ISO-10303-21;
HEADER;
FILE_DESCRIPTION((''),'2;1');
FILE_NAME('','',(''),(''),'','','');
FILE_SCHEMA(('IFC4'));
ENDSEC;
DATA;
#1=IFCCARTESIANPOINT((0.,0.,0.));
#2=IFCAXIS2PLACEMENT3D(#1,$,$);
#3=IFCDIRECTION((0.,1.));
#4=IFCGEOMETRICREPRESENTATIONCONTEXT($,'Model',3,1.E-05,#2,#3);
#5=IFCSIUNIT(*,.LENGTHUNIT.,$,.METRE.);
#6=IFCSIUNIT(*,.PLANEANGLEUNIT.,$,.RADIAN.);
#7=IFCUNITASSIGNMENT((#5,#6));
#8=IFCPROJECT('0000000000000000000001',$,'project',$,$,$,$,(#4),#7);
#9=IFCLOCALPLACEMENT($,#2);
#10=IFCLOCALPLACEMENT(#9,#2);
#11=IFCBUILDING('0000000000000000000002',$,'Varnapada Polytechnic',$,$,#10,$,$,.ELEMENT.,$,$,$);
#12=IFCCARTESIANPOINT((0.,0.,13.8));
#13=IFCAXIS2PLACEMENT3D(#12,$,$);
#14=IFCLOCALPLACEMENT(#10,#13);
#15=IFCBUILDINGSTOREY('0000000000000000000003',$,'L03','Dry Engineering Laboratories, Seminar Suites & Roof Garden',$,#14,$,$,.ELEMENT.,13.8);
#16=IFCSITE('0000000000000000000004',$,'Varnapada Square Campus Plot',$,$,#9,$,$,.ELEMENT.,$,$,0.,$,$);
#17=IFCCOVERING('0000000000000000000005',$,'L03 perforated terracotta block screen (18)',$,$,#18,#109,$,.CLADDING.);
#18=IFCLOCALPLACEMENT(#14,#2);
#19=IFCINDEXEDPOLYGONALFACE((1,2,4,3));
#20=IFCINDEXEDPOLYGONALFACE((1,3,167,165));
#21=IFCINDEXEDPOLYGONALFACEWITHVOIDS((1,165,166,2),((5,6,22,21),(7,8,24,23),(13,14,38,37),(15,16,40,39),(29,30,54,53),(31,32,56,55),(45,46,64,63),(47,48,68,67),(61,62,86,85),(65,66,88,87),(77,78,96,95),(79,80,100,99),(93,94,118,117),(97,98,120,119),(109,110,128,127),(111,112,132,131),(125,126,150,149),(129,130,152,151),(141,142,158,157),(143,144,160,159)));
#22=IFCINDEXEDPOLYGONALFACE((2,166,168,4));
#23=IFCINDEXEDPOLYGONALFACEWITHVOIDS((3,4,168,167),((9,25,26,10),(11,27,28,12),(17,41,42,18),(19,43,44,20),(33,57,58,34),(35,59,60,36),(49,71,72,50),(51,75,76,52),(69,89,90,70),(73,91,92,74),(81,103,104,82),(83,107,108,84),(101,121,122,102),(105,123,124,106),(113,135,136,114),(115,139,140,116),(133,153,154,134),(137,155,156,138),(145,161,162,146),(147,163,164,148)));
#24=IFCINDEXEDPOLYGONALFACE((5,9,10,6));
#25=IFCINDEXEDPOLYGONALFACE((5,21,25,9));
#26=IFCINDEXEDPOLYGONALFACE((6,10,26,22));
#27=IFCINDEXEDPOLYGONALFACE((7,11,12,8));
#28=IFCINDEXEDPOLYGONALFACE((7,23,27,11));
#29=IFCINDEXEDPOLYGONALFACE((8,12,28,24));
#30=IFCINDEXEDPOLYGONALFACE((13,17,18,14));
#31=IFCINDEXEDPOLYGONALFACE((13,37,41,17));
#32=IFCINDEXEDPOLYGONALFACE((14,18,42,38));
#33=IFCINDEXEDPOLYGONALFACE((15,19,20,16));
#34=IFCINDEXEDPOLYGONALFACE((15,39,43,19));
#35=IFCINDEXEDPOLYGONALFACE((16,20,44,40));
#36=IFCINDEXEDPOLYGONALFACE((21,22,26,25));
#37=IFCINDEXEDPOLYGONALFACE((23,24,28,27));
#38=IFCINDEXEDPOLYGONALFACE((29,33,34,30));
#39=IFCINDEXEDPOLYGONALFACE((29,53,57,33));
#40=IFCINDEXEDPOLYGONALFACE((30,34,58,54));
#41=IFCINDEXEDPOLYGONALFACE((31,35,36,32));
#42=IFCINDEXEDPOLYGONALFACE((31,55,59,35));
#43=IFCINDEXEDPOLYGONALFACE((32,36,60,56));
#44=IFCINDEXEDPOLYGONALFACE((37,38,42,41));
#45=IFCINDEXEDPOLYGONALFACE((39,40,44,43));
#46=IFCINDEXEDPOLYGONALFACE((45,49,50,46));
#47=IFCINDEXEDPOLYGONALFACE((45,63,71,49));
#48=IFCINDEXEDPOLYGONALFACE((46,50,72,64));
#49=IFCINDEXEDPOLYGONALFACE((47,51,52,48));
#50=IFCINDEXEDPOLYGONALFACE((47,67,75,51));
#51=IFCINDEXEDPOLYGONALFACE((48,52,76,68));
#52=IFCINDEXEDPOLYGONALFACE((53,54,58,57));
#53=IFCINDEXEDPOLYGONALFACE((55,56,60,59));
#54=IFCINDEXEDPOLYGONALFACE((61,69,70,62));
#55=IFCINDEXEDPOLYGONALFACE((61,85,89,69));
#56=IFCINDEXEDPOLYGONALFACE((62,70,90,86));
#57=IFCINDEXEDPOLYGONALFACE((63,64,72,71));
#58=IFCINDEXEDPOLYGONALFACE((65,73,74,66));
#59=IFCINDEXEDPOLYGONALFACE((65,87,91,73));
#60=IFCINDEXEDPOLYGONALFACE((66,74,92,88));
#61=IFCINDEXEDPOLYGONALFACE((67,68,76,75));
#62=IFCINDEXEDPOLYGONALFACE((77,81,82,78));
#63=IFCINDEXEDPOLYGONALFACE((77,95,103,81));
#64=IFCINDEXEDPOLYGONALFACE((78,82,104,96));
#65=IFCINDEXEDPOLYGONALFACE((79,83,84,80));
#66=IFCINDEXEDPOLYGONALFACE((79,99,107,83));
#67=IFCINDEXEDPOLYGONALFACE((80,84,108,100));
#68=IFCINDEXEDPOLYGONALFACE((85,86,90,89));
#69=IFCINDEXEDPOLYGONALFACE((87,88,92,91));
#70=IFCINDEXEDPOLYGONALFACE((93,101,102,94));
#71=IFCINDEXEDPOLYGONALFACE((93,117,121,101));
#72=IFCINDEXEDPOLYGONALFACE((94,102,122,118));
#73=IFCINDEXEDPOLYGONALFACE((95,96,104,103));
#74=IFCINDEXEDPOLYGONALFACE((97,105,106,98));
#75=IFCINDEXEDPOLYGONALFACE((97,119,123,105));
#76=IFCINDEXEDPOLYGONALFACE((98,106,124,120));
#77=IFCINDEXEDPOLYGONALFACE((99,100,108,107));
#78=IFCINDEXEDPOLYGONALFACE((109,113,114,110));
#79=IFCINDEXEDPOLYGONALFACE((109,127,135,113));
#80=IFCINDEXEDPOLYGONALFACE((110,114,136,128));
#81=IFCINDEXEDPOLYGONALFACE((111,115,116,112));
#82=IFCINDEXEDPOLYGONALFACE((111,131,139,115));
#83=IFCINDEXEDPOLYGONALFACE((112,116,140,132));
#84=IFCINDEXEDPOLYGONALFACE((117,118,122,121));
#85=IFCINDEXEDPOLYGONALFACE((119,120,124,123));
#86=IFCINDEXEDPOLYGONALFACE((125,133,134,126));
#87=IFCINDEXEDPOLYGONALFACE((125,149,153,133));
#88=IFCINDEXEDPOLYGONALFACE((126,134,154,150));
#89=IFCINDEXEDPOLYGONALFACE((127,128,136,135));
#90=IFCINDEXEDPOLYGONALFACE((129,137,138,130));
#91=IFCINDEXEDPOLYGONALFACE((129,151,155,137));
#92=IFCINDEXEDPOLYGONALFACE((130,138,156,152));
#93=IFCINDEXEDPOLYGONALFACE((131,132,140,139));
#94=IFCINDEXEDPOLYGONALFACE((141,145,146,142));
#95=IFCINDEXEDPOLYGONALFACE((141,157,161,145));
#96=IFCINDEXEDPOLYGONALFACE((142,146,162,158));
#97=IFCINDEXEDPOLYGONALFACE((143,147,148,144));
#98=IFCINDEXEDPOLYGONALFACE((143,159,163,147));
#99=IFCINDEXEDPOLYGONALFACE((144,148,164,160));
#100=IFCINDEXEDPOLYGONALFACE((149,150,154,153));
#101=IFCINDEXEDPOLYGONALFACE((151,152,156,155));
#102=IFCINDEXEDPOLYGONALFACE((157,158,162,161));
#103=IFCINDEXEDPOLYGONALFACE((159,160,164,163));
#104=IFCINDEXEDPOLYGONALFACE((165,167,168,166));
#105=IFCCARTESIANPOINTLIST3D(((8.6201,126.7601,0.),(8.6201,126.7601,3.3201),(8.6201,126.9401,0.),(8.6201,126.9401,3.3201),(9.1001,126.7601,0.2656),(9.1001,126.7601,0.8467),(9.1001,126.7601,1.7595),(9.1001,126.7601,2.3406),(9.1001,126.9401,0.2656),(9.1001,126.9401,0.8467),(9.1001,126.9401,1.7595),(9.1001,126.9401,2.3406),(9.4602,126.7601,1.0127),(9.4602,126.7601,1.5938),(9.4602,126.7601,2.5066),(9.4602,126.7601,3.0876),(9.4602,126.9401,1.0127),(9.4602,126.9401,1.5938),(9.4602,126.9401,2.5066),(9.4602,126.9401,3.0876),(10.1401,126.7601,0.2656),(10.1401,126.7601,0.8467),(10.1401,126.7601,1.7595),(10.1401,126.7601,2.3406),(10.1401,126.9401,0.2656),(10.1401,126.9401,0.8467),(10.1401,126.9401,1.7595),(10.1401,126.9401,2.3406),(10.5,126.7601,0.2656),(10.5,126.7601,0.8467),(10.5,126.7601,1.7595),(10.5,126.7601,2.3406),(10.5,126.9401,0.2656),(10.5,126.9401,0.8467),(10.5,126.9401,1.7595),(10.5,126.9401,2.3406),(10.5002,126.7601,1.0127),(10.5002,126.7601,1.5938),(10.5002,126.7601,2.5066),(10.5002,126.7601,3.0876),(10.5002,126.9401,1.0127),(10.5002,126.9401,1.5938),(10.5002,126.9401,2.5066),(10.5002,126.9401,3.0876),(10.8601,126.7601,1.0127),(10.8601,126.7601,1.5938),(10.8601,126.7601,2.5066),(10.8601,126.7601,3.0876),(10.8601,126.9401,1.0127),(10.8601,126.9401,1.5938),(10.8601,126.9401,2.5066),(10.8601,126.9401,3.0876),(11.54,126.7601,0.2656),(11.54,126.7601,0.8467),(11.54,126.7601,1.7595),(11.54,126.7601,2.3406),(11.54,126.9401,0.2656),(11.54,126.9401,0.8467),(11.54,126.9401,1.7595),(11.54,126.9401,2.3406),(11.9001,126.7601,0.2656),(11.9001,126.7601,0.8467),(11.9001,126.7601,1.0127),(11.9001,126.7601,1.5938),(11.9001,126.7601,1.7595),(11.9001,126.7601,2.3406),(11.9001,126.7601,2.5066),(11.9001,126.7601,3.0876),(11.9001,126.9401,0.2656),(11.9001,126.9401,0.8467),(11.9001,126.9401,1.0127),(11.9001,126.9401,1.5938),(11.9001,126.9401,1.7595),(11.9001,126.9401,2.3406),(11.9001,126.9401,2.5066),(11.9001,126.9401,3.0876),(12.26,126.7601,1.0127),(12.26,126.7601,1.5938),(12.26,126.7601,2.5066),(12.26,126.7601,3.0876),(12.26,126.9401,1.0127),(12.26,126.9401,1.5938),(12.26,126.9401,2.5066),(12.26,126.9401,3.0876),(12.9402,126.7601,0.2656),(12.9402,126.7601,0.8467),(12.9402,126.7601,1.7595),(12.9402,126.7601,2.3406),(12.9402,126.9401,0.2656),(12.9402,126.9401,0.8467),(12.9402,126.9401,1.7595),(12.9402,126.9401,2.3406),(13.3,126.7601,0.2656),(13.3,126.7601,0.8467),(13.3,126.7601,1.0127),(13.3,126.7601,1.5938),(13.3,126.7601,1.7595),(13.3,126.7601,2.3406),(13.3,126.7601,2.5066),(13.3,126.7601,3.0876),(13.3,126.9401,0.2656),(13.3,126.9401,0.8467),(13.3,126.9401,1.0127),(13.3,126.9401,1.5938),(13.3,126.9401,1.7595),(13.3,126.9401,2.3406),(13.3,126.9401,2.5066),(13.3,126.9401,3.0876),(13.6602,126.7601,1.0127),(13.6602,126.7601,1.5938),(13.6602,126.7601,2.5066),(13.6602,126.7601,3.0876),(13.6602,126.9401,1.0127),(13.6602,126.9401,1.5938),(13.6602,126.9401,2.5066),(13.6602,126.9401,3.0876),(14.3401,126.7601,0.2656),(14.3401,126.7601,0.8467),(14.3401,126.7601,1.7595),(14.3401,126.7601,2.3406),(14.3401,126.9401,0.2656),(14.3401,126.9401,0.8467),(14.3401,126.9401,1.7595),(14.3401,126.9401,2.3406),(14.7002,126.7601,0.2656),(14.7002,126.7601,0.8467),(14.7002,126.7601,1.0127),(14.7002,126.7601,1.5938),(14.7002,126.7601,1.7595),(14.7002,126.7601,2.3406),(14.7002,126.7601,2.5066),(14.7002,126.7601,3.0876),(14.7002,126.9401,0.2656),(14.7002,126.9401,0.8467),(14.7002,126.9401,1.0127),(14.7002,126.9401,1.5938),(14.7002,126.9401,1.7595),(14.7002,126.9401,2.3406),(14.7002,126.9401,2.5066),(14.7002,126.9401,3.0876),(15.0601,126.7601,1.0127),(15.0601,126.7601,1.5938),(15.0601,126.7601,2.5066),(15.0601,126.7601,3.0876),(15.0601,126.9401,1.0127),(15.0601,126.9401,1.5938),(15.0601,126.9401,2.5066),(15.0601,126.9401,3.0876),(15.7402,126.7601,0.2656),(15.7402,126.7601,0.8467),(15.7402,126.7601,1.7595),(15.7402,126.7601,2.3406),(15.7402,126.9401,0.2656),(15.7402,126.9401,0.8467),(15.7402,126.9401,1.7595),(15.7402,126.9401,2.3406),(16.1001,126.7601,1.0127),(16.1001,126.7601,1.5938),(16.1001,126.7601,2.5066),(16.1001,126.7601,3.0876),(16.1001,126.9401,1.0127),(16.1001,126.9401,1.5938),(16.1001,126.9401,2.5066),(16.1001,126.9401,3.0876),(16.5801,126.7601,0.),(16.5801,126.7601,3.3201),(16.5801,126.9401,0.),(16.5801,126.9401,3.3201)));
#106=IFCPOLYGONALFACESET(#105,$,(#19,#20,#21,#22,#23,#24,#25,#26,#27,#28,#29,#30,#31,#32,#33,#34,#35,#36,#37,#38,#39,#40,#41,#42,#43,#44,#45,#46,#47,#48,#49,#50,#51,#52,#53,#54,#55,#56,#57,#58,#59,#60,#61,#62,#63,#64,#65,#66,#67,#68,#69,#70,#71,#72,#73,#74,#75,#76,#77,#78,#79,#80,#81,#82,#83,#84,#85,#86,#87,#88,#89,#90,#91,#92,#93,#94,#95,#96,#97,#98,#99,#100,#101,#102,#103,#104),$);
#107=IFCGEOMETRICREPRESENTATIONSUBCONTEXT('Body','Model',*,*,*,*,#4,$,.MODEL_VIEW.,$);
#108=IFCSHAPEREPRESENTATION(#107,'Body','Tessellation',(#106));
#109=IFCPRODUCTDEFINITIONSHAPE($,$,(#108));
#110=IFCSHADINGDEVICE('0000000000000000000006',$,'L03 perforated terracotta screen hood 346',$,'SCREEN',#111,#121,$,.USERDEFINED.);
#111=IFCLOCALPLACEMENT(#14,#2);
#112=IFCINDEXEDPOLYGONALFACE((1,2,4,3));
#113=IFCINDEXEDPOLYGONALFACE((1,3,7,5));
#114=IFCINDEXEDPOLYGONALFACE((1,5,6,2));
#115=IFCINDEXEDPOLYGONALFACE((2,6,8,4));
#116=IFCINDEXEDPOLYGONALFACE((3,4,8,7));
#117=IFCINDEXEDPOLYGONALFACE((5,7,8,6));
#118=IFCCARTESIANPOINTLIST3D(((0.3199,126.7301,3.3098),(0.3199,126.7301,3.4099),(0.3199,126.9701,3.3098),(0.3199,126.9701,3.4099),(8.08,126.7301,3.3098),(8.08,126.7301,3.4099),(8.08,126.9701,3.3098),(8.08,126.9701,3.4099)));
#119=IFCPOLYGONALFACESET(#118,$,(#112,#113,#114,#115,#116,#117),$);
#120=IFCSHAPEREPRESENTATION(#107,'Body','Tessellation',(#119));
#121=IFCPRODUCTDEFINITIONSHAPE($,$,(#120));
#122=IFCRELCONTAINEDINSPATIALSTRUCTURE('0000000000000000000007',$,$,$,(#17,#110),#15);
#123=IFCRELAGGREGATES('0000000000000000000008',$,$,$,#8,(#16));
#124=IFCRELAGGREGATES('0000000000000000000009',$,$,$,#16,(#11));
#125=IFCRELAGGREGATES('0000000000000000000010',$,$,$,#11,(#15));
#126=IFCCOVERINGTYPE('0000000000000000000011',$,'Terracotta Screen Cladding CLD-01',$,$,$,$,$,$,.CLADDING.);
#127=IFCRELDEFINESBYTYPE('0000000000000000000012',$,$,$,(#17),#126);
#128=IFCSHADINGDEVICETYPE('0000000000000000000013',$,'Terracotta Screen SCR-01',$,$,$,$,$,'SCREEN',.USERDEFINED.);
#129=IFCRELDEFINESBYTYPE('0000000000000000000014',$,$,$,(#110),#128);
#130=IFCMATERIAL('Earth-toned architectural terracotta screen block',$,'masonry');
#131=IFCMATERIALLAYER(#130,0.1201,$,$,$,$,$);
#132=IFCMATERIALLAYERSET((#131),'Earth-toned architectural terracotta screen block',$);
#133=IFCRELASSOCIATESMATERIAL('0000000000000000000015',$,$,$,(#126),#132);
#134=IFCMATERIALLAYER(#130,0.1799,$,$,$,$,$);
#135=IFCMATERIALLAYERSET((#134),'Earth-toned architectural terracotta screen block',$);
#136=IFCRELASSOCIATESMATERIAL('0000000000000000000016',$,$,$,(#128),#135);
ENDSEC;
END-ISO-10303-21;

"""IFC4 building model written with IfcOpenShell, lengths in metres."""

from ifc_helpers import new_model, si_unit, direction, frame, frame_2d, origin, origin_2d, place, context, subcontext, project, spatial, rectangle, extrude, material, layer, layer_set, type_object, element, save


model = new_model("IFC4")

# Units and contexts
model_context = context("Model", 3, precision=1e-05, world=origin(), true_north=direction((0.0, 1.0)))
body_context = subcontext(model_context, "Body", "Model", "MODEL_VIEW")
ifc_project = project(units=[si_unit("LENGTHUNIT", "METRE"), si_unit("PLANEANGLEUNIT", "RADIAN")], contexts=[model_context])

# Site, building, storey
site_placement = place(None, origin())
site = spatial("IfcSite", under=ifc_project, at=site_placement, Name="Varnapada Square Campus Plot", CompositionType="ELEMENT", RefElevation=0.0)
building_placement = place(site_placement, origin())
building = spatial("IfcBuilding", under=site, at=building_placement, Name="Varnapada Polytechnic", CompositionType="ELEMENT")
storey_placement = place(building_placement, frame((0.0, 0.0, 13.8)))
storey = spatial("IfcBuildingStorey", under=building, at=storey_placement, Name="L03", Description="Dry Engineering Laboratories, Seminar Suites & Roof Garden", CompositionType="ELEMENT", Elevation=13.8)

# Covering, openings
ifc_material_1 = material(Name="Earth-toned architectural terracotta screen block", Category="masonry")
ifc_layer_1 = layer(ifc_material_1, 0.1201)
ifc_layer_set_1 = layer_set([ifc_layer_1], Name="Earth-toned architectural terracotta screen block")
covering_type = type_object("IfcCoveringType", Name="Terracotta Screen Cladding CLD-01", PredefinedType="CLADDING", material=ifc_layer_set_1)
covering_placement = place(storey_placement, frame((8.6201, 126.8501, 0.0), z_axis=(0.0, 0.0, 1.0), x_axis=(1.0, 0.0, 0.0)))
covering = element("IfcCovering", 1, at=covering_placement, inside=storey, type_object=covering_type, Name="L03 perforated terracotta block screen (18)", PredefinedType="CLADDING", context=body_context, shape_type="SweptSolid", body=[
    extrude(rectangle(XDim=7.96, YDim=0.1799, at=frame_2d((3.98, 0.0))), origin(), (0.0, 0.0, 1.0), 3.3201),
])
opening_1_placement = place(covering_placement, frame((0.48, 0.0, 0.2656)))
element("IfcOpeningElement", 2, at=opening_1_placement, cuts=covering, PredefinedType="OPENING", context=body_context, shape_type="SweptSolid", body=[
    extrude(rectangle(XDim=1.04, YDim=0.5811, at=frame_2d((0.52, 0.2905))), frame((0.0, 0.0999, 0.0), z_axis=(0.0, -1.0, 0.0), x_axis=(1.0, 0.0, 0.0)), (0.0, 0.0, 1.0), 0.2),
])
opening_2_placement = place(covering_placement, frame((1.8799, 0.0, 0.2656)))
element("IfcOpeningElement", 3, at=opening_2_placement, cuts=covering, PredefinedType="OPENING", context=body_context, shape_type="SweptSolid", body=[
    extrude(rectangle(XDim=1.04, YDim=0.5811, at=frame_2d((0.52, 0.2905))), frame((0.0, 0.0999, 0.0), z_axis=(0.0, -1.0, 0.0), x_axis=(1.0, 0.0, 0.0)), (0.0, 0.0, 1.0), 0.2),
])
opening_3_placement = place(covering_placement, frame((3.28, 0.0, 0.2656)))
element("IfcOpeningElement", 4, at=opening_3_placement, cuts=covering, PredefinedType="OPENING", context=body_context, shape_type="SweptSolid", body=[
    extrude(rectangle(XDim=1.04, YDim=0.5811, at=frame_2d((0.52, 0.2905))), frame((0.0, 0.0999, 0.0), z_axis=(0.0, -1.0, 0.0), x_axis=(1.0, 0.0, 0.0)), (0.0, 0.0, 1.0), 0.2),
])
opening_4_placement = place(covering_placement, frame((4.6799, 0.0, 0.2656)))
element("IfcOpeningElement", 5, at=opening_4_placement, cuts=covering, PredefinedType="OPENING", context=body_context, shape_type="SweptSolid", body=[
    extrude(rectangle(XDim=1.04, YDim=0.5811, at=frame_2d((0.52, 0.2905))), frame((0.0, 0.0999, 0.0), z_axis=(0.0, -1.0, 0.0), x_axis=(1.0, 0.0, 0.0)), (0.0, 0.0, 1.0), 0.2),
])
opening_5_placement = place(covering_placement, frame((6.0801, 0.0, 0.2656)))
element("IfcOpeningElement", 6, at=opening_5_placement, cuts=covering, PredefinedType="OPENING", context=body_context, shape_type="SweptSolid", body=[
    extrude(rectangle(XDim=1.04, YDim=0.5811, at=frame_2d((0.52, 0.2905))), frame((0.0, 0.0999, 0.0), z_axis=(0.0, -1.0, 0.0), x_axis=(1.0, 0.0, 0.0)), (0.0, 0.0, 1.0), 0.2),
])
opening_6_placement = place(covering_placement, frame((0.8401, 0.0, 1.0127)))
element("IfcOpeningElement", 7, at=opening_6_placement, cuts=covering, PredefinedType="OPENING", context=body_context, shape_type="SweptSolid", body=[
    extrude(rectangle(XDim=1.04, YDim=0.5811, at=frame_2d((0.52, 0.2905))), frame((0.0, 0.0999, 0.0), z_axis=(0.0, -1.0, 0.0), x_axis=(1.0, 0.0, 0.0)), (0.0, 0.0, 1.0), 0.2),
])
opening_7_placement = place(covering_placement, frame((2.24, 0.0, 1.0127)))
element("IfcOpeningElement", 8, at=opening_7_placement, cuts=covering, PredefinedType="OPENING", context=body_context, shape_type="SweptSolid", body=[
    extrude(rectangle(XDim=1.04, YDim=0.5811, at=frame_2d((0.52, 0.2905))), frame((0.0, 0.0999, 0.0), z_axis=(0.0, -1.0, 0.0), x_axis=(1.0, 0.0, 0.0)), (0.0, 0.0, 1.0), 0.2),
])
opening_8_placement = place(covering_placement, frame((3.6399, 0.0, 1.0127)))
element("IfcOpeningElement", 9, at=opening_8_placement, cuts=covering, PredefinedType="OPENING", context=body_context, shape_type="SweptSolid", body=[
    extrude(rectangle(XDim=1.04, YDim=0.5811, at=frame_2d((0.52, 0.2905))), frame((0.0, 0.0999, 0.0), z_axis=(0.0, -1.0, 0.0), x_axis=(1.0, 0.0, 0.0)), (0.0, 0.0, 1.0), 0.2),
])
opening_9_placement = place(covering_placement, frame((5.04, 0.0, 1.0127)))
element("IfcOpeningElement", 10, at=opening_9_placement, cuts=covering, PredefinedType="OPENING", context=body_context, shape_type="SweptSolid", body=[
    extrude(rectangle(XDim=1.04, YDim=0.5811, at=frame_2d((0.52, 0.2905))), frame((0.0, 0.0999, 0.0), z_axis=(0.0, -1.0, 0.0), x_axis=(1.0, 0.0, 0.0)), (0.0, 0.0, 1.0), 0.2),
])
opening_10_placement = place(covering_placement, frame((6.4399, 0.0, 1.0127)))
element("IfcOpeningElement", 11, at=opening_10_placement, cuts=covering, PredefinedType="OPENING", context=body_context, shape_type="SweptSolid", body=[
    extrude(rectangle(XDim=1.04, YDim=0.5811, at=frame_2d((0.52, 0.2905))), frame((0.0, 0.0999, 0.0), z_axis=(0.0, -1.0, 0.0), x_axis=(1.0, 0.0, 0.0)), (0.0, 0.0, 1.0), 0.2),
])
opening_11_placement = place(covering_placement, frame((0.48, 0.0, 1.7595)))
element("IfcOpeningElement", 12, at=opening_11_placement, cuts=covering, PredefinedType="OPENING", context=body_context, shape_type="SweptSolid", body=[
    extrude(rectangle(XDim=1.04, YDim=0.5811, at=frame_2d((0.52, 0.2905))), frame((0.0, 0.0999, 0.0), z_axis=(0.0, -1.0, 0.0), x_axis=(1.0, 0.0, 0.0)), (0.0, 0.0, 1.0), 0.2),
])
opening_12_placement = place(covering_placement, frame((1.8799, 0.0, 1.7595)))
element("IfcOpeningElement", 13, at=opening_12_placement, cuts=covering, PredefinedType="OPENING", context=body_context, shape_type="SweptSolid", body=[
    extrude(rectangle(XDim=1.04, YDim=0.5811, at=frame_2d((0.52, 0.2905))), frame((0.0, 0.0999, 0.0), z_axis=(0.0, -1.0, 0.0), x_axis=(1.0, 0.0, 0.0)), (0.0, 0.0, 1.0), 0.2),
])
opening_13_placement = place(covering_placement, frame((3.28, 0.0, 1.7595)))
element("IfcOpeningElement", 14, at=opening_13_placement, cuts=covering, PredefinedType="OPENING", context=body_context, shape_type="SweptSolid", body=[
    extrude(rectangle(XDim=1.04, YDim=0.5811, at=frame_2d((0.52, 0.2905))), frame((0.0, 0.0999, 0.0), z_axis=(0.0, -1.0, 0.0), x_axis=(1.0, 0.0, 0.0)), (0.0, 0.0, 1.0), 0.2),
])
opening_14_placement = place(covering_placement, frame((4.6799, 0.0, 1.7595)))
element("IfcOpeningElement", 15, at=opening_14_placement, cuts=covering, PredefinedType="OPENING", context=body_context, shape_type="SweptSolid", body=[
    extrude(rectangle(XDim=1.04, YDim=0.5811, at=frame_2d((0.52, 0.2905))), frame((0.0, 0.0999, 0.0), z_axis=(0.0, -1.0, 0.0), x_axis=(1.0, 0.0, 0.0)), (0.0, 0.0, 1.0), 0.2),
])
opening_15_placement = place(covering_placement, frame((6.0801, 0.0, 1.7595)))
element("IfcOpeningElement", 16, at=opening_15_placement, cuts=covering, PredefinedType="OPENING", context=body_context, shape_type="SweptSolid", body=[
    extrude(rectangle(XDim=1.04, YDim=0.5811, at=frame_2d((0.52, 0.2905))), frame((0.0, 0.0999, 0.0), z_axis=(0.0, -1.0, 0.0), x_axis=(1.0, 0.0, 0.0)), (0.0, 0.0, 1.0), 0.2),
])
opening_16_placement = place(covering_placement, frame((0.8401, 0.0, 2.5066)))
element("IfcOpeningElement", 17, at=opening_16_placement, cuts=covering, PredefinedType="OPENING", context=body_context, shape_type="SweptSolid", body=[
    extrude(rectangle(XDim=1.04, YDim=0.5811, at=frame_2d((0.52, 0.2905))), frame((0.0, 0.0999, 0.0), z_axis=(0.0, -1.0, 0.0), x_axis=(1.0, 0.0, 0.0)), (0.0, 0.0, 1.0), 0.2),
])
opening_17_placement = place(covering_placement, frame((2.24, 0.0, 2.5066)))
element("IfcOpeningElement", 18, at=opening_17_placement, cuts=covering, PredefinedType="OPENING", context=body_context, shape_type="SweptSolid", body=[
    extrude(rectangle(XDim=1.04, YDim=0.5811, at=frame_2d((0.52, 0.2905))), frame((0.0, 0.0999, 0.0), z_axis=(0.0, -1.0, 0.0), x_axis=(1.0, 0.0, 0.0)), (0.0, 0.0, 1.0), 0.2),
])
opening_18_placement = place(covering_placement, frame((3.6399, 0.0, 2.5066)))
element("IfcOpeningElement", 19, at=opening_18_placement, cuts=covering, PredefinedType="OPENING", context=body_context, shape_type="SweptSolid", body=[
    extrude(rectangle(XDim=1.04, YDim=0.5811, at=frame_2d((0.52, 0.2905))), frame((0.0, 0.0999, 0.0), z_axis=(0.0, -1.0, 0.0), x_axis=(1.0, 0.0, 0.0)), (0.0, 0.0, 1.0), 0.2),
])
opening_19_placement = place(covering_placement, frame((5.04, 0.0, 2.5066)))
element("IfcOpeningElement", 20, at=opening_19_placement, cuts=covering, PredefinedType="OPENING", context=body_context, shape_type="SweptSolid", body=[
    extrude(rectangle(XDim=1.04, YDim=0.5811, at=frame_2d((0.52, 0.2905))), frame((0.0, 0.0999, 0.0), z_axis=(0.0, -1.0, 0.0), x_axis=(1.0, 0.0, 0.0)), (0.0, 0.0, 1.0), 0.2),
])
opening_20_placement = place(covering_placement, frame((6.4399, 0.0, 2.5066)))
element("IfcOpeningElement", 21, at=opening_20_placement, cuts=covering, PredefinedType="OPENING", context=body_context, shape_type="SweptSolid", body=[
    extrude(rectangle(XDim=1.04, YDim=0.5811, at=frame_2d((0.52, 0.2905))), frame((0.0, 0.0999, 0.0), z_axis=(0.0, -1.0, 0.0), x_axis=(1.0, 0.0, 0.0)), (0.0, 0.0, 1.0), 0.2),
])

# Shading device
ifc_layer_2 = layer(ifc_material_1, 0.1799)
ifc_layer_set_2 = layer_set([ifc_layer_2], Name="Earth-toned architectural terracotta screen block")
shading_device_type = type_object("IfcShadingDeviceType", Name="Terracotta Screen SCR-01", ElementType="SCREEN", PredefinedType="USERDEFINED", material=ifc_layer_set_2)
shading_device_placement = place(storey_placement, frame((4.2, 126.8501, 3.3098), z_axis=(0.0, 0.0, 1.0), x_axis=(1.0, 0.0, 0.0)))
element("IfcShadingDevice", 22, at=shading_device_placement, inside=storey, type_object=shading_device_type, Name="L03 perforated terracotta screen hood 346", ObjectType="SCREEN", PredefinedType="USERDEFINED", context=body_context, shape_type="SweptSolid", body=[
    extrude(rectangle(XDim=7.76, YDim=0.24, at=origin_2d()), origin(), (0.0, 0.0, 1.0), 0.1001),
])

save(model, "model.ifc")
